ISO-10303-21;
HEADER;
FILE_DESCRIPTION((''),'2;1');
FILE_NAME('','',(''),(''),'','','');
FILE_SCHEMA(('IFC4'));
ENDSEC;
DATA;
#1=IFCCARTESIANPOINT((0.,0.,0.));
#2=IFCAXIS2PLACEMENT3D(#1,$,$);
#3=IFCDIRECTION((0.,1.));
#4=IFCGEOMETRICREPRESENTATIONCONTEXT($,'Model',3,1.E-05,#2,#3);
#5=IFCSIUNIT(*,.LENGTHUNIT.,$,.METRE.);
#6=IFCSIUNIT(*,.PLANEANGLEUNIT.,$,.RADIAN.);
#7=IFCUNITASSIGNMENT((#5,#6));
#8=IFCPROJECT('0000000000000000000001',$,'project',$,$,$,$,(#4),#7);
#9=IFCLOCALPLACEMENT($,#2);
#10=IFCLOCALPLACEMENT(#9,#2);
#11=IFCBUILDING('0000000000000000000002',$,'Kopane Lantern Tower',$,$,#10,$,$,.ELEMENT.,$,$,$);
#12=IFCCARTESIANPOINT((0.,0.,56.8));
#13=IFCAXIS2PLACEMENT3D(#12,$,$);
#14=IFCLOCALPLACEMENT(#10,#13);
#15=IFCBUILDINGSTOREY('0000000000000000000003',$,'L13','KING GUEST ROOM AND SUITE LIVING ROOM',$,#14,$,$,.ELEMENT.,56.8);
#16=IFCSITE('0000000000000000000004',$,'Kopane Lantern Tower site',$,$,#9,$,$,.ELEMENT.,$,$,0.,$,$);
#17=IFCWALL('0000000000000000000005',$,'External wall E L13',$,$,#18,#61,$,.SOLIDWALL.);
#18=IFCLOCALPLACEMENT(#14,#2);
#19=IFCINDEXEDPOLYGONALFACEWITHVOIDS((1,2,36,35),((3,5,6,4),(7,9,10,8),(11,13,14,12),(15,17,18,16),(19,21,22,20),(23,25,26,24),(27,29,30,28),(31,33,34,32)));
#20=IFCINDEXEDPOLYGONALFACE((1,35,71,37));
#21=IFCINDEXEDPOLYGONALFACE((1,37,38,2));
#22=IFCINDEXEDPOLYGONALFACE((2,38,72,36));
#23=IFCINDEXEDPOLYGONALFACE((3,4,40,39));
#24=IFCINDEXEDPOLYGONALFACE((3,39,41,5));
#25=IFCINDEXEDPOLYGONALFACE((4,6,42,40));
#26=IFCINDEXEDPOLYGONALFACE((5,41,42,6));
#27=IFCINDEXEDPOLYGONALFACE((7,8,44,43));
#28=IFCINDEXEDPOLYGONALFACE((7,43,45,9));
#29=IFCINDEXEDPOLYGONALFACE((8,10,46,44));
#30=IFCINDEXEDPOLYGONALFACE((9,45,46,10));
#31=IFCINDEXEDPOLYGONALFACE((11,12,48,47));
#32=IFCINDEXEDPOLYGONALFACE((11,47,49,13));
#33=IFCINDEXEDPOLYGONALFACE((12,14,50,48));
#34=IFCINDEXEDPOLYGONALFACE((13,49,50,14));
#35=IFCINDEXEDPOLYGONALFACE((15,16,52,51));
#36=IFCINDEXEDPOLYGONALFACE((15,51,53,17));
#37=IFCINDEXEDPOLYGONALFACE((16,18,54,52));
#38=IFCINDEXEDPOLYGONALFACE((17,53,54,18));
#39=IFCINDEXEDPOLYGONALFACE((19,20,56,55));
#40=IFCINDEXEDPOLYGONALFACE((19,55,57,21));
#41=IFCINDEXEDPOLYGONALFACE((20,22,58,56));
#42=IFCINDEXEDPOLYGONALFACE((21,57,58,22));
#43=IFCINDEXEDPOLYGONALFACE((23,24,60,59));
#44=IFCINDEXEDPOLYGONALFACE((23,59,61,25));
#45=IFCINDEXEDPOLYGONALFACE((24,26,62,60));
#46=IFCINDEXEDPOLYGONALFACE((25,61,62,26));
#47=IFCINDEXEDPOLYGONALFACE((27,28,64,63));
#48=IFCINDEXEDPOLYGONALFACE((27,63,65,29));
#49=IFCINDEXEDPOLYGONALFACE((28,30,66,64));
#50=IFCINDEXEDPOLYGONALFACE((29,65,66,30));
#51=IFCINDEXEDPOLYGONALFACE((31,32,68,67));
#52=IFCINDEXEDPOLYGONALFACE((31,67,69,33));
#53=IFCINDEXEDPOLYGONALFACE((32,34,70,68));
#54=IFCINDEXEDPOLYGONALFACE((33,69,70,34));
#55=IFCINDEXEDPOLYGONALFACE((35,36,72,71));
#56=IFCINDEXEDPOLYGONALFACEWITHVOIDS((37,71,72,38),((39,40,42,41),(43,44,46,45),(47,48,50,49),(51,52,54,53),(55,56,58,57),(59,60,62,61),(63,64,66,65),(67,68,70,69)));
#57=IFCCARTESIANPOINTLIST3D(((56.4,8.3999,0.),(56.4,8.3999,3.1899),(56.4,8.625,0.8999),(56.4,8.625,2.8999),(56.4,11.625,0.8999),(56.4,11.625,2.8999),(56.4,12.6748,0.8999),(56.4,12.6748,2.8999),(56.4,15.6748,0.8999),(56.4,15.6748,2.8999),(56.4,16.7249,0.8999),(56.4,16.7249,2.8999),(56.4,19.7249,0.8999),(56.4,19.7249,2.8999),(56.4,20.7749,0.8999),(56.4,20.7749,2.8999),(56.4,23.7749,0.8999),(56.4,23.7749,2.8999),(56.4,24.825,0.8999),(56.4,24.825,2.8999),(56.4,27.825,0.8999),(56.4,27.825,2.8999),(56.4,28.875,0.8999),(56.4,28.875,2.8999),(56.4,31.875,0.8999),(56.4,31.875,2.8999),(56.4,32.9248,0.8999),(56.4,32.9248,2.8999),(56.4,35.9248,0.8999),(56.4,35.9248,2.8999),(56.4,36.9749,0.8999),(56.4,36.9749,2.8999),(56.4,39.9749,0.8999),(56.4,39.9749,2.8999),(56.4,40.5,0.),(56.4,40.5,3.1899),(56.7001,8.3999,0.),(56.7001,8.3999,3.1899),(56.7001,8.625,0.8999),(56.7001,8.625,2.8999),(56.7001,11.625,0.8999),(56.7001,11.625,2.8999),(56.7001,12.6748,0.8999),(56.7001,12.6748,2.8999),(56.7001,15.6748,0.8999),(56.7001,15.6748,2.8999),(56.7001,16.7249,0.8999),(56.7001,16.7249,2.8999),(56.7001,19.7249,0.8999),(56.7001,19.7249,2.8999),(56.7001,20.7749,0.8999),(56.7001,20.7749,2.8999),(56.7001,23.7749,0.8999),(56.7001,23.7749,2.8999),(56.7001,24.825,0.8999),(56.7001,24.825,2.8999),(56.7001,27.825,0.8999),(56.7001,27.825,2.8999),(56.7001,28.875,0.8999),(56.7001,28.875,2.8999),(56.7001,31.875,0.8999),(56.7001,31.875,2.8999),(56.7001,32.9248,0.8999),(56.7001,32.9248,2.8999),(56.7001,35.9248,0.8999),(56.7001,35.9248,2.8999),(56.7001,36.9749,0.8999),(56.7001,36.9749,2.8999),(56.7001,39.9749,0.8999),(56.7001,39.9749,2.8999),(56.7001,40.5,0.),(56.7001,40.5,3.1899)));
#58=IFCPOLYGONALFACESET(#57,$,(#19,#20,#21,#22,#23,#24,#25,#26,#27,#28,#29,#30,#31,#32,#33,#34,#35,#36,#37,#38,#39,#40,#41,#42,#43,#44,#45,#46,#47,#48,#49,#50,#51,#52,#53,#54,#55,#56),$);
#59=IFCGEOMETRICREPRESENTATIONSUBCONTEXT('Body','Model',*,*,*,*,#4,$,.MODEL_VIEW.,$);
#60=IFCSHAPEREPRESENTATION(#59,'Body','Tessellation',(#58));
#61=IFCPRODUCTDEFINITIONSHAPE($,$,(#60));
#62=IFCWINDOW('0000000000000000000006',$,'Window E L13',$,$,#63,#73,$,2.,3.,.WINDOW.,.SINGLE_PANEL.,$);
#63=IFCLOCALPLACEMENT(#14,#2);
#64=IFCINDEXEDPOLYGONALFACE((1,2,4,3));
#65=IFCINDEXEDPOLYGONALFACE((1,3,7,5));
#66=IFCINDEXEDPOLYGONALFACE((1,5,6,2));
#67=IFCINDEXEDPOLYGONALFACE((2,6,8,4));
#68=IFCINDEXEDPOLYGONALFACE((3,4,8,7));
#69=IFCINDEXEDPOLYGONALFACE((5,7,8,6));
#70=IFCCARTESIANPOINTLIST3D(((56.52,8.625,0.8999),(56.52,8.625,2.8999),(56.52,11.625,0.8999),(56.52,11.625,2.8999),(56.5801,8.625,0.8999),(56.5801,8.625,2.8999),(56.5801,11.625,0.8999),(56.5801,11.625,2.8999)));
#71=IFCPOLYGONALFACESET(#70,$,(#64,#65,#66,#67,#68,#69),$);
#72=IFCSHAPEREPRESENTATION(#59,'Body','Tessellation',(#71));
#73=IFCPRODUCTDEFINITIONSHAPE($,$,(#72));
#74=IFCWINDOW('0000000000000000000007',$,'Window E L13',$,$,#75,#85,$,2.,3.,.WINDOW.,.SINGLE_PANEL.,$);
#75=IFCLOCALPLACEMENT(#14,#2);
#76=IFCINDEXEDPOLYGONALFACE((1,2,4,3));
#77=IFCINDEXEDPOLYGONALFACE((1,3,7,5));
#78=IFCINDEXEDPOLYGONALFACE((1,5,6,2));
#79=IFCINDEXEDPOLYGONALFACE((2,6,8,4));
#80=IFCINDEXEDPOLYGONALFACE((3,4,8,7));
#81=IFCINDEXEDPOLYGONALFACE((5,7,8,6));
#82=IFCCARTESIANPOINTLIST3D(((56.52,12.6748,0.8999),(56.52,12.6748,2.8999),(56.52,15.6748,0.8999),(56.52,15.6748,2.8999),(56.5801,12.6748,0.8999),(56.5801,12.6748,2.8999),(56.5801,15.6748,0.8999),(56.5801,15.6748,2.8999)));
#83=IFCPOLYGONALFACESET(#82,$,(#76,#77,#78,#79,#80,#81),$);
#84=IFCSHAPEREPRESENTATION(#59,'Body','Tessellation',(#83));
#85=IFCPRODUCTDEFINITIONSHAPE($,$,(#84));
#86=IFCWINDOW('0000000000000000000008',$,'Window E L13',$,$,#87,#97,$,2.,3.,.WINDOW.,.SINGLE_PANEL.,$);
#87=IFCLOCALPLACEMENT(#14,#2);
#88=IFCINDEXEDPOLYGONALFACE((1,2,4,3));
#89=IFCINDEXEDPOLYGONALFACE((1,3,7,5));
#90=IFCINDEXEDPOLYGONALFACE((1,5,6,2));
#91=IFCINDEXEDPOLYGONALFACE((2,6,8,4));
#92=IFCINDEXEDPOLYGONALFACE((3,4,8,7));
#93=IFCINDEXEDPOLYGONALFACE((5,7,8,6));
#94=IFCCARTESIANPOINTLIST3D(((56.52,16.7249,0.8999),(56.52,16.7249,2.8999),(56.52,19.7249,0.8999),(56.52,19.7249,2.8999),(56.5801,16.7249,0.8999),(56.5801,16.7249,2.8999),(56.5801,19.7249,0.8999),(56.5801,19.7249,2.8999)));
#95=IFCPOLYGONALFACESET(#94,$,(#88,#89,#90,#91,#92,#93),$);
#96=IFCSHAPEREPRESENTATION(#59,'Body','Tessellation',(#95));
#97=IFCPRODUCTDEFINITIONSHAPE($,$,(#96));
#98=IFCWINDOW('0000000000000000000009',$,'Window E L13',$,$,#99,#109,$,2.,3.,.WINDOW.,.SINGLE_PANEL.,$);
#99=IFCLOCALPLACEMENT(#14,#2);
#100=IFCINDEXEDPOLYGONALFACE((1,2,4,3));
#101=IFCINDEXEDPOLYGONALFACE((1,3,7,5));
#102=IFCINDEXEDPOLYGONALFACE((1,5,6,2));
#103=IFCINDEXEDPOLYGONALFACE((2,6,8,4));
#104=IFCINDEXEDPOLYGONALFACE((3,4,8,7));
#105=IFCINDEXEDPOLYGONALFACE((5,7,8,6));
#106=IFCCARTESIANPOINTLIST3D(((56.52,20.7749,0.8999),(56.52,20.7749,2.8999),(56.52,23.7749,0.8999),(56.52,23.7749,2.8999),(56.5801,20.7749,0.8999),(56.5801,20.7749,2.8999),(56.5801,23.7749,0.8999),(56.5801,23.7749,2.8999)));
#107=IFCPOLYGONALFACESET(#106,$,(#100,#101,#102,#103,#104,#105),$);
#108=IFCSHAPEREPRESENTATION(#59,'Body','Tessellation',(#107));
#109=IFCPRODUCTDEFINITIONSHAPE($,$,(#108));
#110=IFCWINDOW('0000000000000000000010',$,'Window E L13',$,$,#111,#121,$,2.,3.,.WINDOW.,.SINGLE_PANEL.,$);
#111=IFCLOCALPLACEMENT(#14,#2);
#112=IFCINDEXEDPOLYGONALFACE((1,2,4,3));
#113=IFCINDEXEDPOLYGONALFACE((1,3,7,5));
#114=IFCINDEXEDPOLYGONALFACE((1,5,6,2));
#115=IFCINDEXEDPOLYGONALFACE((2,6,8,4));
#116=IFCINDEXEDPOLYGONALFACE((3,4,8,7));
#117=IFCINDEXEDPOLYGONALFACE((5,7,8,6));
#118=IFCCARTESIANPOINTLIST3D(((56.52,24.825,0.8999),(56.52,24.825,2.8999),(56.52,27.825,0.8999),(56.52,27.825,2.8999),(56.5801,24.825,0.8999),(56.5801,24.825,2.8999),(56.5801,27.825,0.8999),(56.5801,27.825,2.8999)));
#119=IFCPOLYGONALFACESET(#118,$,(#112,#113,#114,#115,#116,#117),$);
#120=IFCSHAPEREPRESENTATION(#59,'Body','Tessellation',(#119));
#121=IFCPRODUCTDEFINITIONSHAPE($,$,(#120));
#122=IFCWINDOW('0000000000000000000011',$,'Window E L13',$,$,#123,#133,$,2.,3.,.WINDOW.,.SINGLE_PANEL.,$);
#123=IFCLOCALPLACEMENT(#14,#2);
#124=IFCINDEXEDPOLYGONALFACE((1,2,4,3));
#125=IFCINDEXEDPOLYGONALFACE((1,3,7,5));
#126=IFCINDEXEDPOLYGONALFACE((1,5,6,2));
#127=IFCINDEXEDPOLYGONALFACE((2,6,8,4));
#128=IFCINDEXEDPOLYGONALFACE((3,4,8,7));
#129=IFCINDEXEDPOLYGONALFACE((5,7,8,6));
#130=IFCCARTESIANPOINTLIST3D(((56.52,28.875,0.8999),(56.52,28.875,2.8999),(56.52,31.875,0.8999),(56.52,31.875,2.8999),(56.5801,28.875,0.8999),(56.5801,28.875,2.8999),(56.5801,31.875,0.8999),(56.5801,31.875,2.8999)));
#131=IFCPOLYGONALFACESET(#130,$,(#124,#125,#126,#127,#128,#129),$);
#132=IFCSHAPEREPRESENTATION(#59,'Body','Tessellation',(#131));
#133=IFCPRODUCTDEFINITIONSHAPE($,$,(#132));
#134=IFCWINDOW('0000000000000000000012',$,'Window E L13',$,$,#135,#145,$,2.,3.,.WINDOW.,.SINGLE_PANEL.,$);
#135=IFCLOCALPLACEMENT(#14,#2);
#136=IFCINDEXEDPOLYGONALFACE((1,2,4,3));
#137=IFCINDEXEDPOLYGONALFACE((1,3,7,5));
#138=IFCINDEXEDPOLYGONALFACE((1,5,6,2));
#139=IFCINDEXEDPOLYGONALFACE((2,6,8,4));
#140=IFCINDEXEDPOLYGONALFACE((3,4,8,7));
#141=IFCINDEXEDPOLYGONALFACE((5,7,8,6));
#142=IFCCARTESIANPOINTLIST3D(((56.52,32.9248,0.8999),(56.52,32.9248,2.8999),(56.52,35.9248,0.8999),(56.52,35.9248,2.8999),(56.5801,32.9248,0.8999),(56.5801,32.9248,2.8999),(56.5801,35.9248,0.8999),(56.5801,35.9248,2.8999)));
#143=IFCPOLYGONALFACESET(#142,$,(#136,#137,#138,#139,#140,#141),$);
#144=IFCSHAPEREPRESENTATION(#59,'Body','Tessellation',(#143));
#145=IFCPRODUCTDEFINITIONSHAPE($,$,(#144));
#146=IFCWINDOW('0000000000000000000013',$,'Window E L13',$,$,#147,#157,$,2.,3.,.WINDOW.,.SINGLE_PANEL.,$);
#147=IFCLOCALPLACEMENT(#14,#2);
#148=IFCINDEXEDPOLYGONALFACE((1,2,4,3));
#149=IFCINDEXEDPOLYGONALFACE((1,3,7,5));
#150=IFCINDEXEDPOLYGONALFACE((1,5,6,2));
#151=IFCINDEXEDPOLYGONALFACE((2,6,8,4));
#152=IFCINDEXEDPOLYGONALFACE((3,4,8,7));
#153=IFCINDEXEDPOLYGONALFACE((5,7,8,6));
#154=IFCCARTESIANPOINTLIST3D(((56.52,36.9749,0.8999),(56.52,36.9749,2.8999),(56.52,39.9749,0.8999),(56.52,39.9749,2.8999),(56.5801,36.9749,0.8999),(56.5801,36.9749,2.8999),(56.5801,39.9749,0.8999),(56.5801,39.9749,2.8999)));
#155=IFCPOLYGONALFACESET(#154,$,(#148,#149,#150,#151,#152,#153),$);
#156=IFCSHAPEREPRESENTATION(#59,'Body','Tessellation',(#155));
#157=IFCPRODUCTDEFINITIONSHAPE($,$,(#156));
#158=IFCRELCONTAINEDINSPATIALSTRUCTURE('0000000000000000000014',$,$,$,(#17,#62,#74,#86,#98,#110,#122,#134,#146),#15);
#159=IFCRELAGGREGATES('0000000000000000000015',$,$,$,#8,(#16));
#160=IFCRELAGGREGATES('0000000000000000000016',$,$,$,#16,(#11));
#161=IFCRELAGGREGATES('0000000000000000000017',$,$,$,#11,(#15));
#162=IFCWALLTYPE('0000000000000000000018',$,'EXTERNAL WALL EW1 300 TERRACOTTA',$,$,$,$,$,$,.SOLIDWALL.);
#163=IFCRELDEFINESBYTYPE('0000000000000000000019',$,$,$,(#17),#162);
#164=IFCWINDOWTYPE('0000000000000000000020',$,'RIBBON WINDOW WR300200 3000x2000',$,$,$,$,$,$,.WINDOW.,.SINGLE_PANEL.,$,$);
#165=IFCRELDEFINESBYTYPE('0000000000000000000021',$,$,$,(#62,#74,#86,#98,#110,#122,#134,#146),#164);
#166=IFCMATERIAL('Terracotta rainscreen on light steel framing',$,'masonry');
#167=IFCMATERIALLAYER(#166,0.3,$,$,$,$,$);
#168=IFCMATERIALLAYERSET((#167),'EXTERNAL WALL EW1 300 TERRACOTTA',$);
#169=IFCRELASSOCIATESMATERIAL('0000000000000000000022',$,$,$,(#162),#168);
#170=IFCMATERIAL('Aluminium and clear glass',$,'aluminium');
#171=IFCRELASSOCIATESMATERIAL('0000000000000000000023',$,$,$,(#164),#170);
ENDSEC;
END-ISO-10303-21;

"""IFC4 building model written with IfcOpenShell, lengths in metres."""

from ifc_helpers import new_model, si_unit, direction, frame, frame_2d, origin, place, context, subcontext, project, spatial, rectangle, extrude, material, layer, layer_set, type_object, element, fill, save


model = new_model("IFC4")

# Units and contexts
model_context = context("Model", 3, precision=1e-05, world=origin(), true_north=direction((0.0, 1.0)))
body_context = subcontext(model_context, "Body", "Model", "MODEL_VIEW")
ifc_project = project(units=[si_unit("LENGTHUNIT", "METRE"), si_unit("PLANEANGLEUNIT", "RADIAN")], contexts=[model_context])

# Site, building, storey
site_placement = place(None, origin())
site = spatial("IfcSite", under=ifc_project, at=site_placement, Name="Kopane Lantern Tower site", CompositionType="ELEMENT", RefElevation=0.0)
building_placement = place(site_placement, origin())
building = spatial("IfcBuilding", under=site, at=building_placement, Name="Kopane Lantern Tower", CompositionType="ELEMENT")
storey_placement = place(building_placement, frame((0.0, 0.0, 56.8)))
storey = spatial("IfcBuildingStorey", under=building, at=storey_placement, Name="L13", Description="KING GUEST ROOM AND SUITE LIVING ROOM", CompositionType="ELEMENT", Elevation=56.8)

# Shared definitions
ifc_material_1 = material(Name="Terracotta rainscreen on light steel framing", Category="masonry")
ifc_layer = layer(ifc_material_1, 0.3)
ifc_layer_set = layer_set([ifc_layer], Name="EXTERNAL WALL EW1 300 TERRACOTTA")
wall_type = type_object("IfcWallType", Name="EXTERNAL WALL EW1 300 TERRACOTTA", PredefinedType="SOLIDWALL", material=ifc_layer_set)

# Wall, openings, windows
wall_1_placement = place(storey_placement, frame((56.55, 8.3999, 0.0), z_axis=(0.0, 0.0, 1.0), x_axis=(0.0, 1.0, 0.0)))
wall_1 = element("IfcWall", 1, at=wall_1_placement, inside=storey, type_object=wall_type, Name="External wall E L13", PredefinedType="SOLIDWALL", context=body_context, shape_type="SweptSolid", body=[
    extrude(rectangle(XDim=32.1001, YDim=0.3, at=frame_2d((16.05, 0.0))), origin(), (0.0, 0.0, 1.0), 3.1899),
])
opening_1_placement = place(wall_1_placement, frame((0.2251, 0.0, 0.8999)))
opening_1 = element("IfcOpeningElement", 2, at=opening_1_placement, cuts=wall_1, PredefinedType="OPENING", context=body_context, shape_type="SweptSolid", body=[
    extrude(rectangle(XDim=3.0, YDim=2.0, at=frame_2d((1.5, 1.0))), frame((0.0, 0.1599, 0.0), z_axis=(0.0, -1.0, 0.0), x_axis=(1.0, 0.0, 0.0)), (0.0, 0.0, 1.0), 0.3201),
])
opening_2_placement = place(wall_1_placement, frame((4.2749, 0.0, 0.8999)))
opening_2 = element("IfcOpeningElement", 3, at=opening_2_placement, cuts=wall_1, PredefinedType="OPENING", context=body_context, shape_type="SweptSolid", body=[
    extrude(rectangle(XDim=3.0, YDim=2.0, at=frame_2d((1.5, 1.0))), frame((0.0, 0.1599, 0.0), z_axis=(0.0, -1.0, 0.0), x_axis=(1.0, 0.0, 0.0)), (0.0, 0.0, 1.0), 0.3201),
])
opening_3_placement = place(wall_1_placement, frame((8.325, 0.0, 0.8999)))
opening_3 = element("IfcOpeningElement", 4, at=opening_3_placement, cuts=wall_1, PredefinedType="OPENING", context=body_context, shape_type="SweptSolid", body=[
    extrude(rectangle(XDim=3.0, YDim=2.0, at=frame_2d((1.5, 1.0))), frame((0.0, 0.1599, 0.0), z_axis=(0.0, -1.0, 0.0), x_axis=(1.0, 0.0, 0.0)), (0.0, 0.0, 1.0), 0.3201),
])
opening_4_placement = place(wall_1_placement, frame((12.375, 0.0, 0.8999)))
opening_4 = element("IfcOpeningElement", 5, at=opening_4_placement, cuts=wall_1, PredefinedType="OPENING", context=body_context, shape_type="SweptSolid", body=[
    extrude(rectangle(XDim=3.0, YDim=2.0, at=frame_2d((1.5, 1.0))), frame((0.0, 0.1599, 0.0), z_axis=(0.0, -1.0, 0.0), x_axis=(1.0, 0.0, 0.0)), (0.0, 0.0, 1.0), 0.3201),
])
opening_5_placement = place(wall_1_placement, frame((16.425, 0.0, 0.8999)))
opening_5 = element("IfcOpeningElement", 6, at=opening_5_placement, cuts=wall_1, PredefinedType="OPENING", context=body_context, shape_type="SweptSolid", body=[
    extrude(rectangle(XDim=3.0, YDim=2.0, at=frame_2d((1.5, 1.0))), frame((0.0, 0.1599, 0.0), z_axis=(0.0, -1.0, 0.0), x_axis=(1.0, 0.0, 0.0)), (0.0, 0.0, 1.0), 0.3201),
])
opening_6_placement = place(wall_1_placement, frame((20.4751, 0.0, 0.8999)))
opening_6 = element("IfcOpeningElement", 7, at=opening_6_placement, cuts=wall_1, PredefinedType="OPENING", context=body_context, shape_type="SweptSolid", body=[
    extrude(rectangle(XDim=3.0, YDim=2.0, at=frame_2d((1.5, 1.0))), frame((0.0, 0.1599, 0.0), z_axis=(0.0, -1.0, 0.0), x_axis=(1.0, 0.0, 0.0)), (0.0, 0.0, 1.0), 0.3201),
])
opening_7_placement = place(wall_1_placement, frame((24.5249, 0.0, 0.8999)))
opening_7 = element("IfcOpeningElement", 8, at=opening_7_placement, cuts=wall_1, PredefinedType="OPENING", context=body_context, shape_type="SweptSolid", body=[
    extrude(rectangle(XDim=3.0, YDim=2.0, at=frame_2d((1.5, 1.0))), frame((0.0, 0.1599, 0.0), z_axis=(0.0, -1.0, 0.0), x_axis=(1.0, 0.0, 0.0)), (0.0, 0.0, 1.0), 0.3201),
])
opening_8_placement = place(wall_1_placement, frame((28.575, 0.0, 0.8999)))
opening_8 = element("IfcOpeningElement", 9, at=opening_8_placement, cuts=wall_1, PredefinedType="OPENING", context=body_context, shape_type="SweptSolid", body=[
    extrude(rectangle(XDim=3.0, YDim=2.0, at=frame_2d((1.5, 1.0))), frame((0.0, 0.1599, 0.0), z_axis=(0.0, -1.0, 0.0), x_axis=(1.0, 0.0, 0.0)), (0.0, 0.0, 1.0), 0.3201),
])
ifc_material_2 = material(Name="Aluminium and clear glass", Category="aluminium")
window_type_1 = type_object("IfcWindowType", Name="RIBBON WINDOW WR300200 3000x2000", PartitioningType="SINGLE_PANEL", PredefinedType="WINDOW", material=ifc_material_2)
window_1_placement = place(opening_1_placement, origin())
window_1 = element("IfcWindow", 10, at=window_1_placement, inside=storey, type_object=window_type_1, Name="Window E L13", OverallHeight=2.0, OverallWidth=3.0, PartitioningType="SINGLE_PANEL", PredefinedType="WINDOW", context=body_context, shape_type="SweptSolid", body=[
    extrude(rectangle(XDim=3.0, YDim=2.0, at=frame_2d((1.5, 1.0))), frame((0.0, 0.03, 0.0), z_axis=(0.0, -1.0, 0.0), x_axis=(1.0, 0.0, 0.0)), (0.0, 0.0, 1.0), 0.0601),
])
fill(opening_1, window_1)
window_2_placement = place(opening_2_placement, origin())
window_2 = element("IfcWindow", 11, at=window_2_placement, inside=storey, type_object=window_type_1, Name="Window E L13", OverallHeight=2.0, OverallWidth=3.0, PartitioningType="SINGLE_PANEL", PredefinedType="WINDOW", context=body_context, shape_type="SweptSolid", body=[
    extrude(rectangle(XDim=3.0, YDim=2.0, at=frame_2d((1.5, 1.0))), frame((0.0, 0.03, 0.0), z_axis=(0.0, -1.0, 0.0), x_axis=(1.0, 0.0, 0.0)), (0.0, 0.0, 1.0), 0.0601),
])
fill(opening_2, window_2)
window_3_placement = place(opening_3_placement, origin())
window_3 = element("IfcWindow", 12, at=window_3_placement, inside=storey, type_object=window_type_1, Name="Window E L13", OverallHeight=2.0, OverallWidth=3.0, PartitioningType="SINGLE_PANEL", PredefinedType="WINDOW", context=body_context, shape_type="SweptSolid", body=[
    extrude(rectangle(XDim=3.0, YDim=2.0, at=frame_2d((1.5, 1.0))), frame((0.0, 0.03, 0.0), z_axis=(0.0, -1.0, 0.0), x_axis=(1.0, 0.0, 0.0)), (0.0, 0.0, 1.0), 0.0601),
])
fill(opening_3, window_3)
window_4_placement = place(opening_4_placement, origin())
window_4 = element("IfcWindow", 13, at=window_4_placement, inside=storey, type_object=window_type_1, Name="Window E L13", OverallHeight=2.0, OverallWidth=3.0, PartitioningType="SINGLE_PANEL", PredefinedType="WINDOW", context=body_context, shape_type="SweptSolid", body=[
    extrude(rectangle(XDim=3.0, YDim=2.0, at=frame_2d((1.5, 1.0))), frame((0.0, 0.03, 0.0), z_axis=(0.0, -1.0, 0.0), x_axis=(1.0, 0.0, 0.0)), (0.0, 0.0, 1.0), 0.0601),
])
fill(opening_4, window_4)
window_5_placement = place(opening_5_placement, origin())
window_5 = element("IfcWindow", 14, at=window_5_placement, inside=storey, type_object=window_type_1, Name="Window E L13", OverallHeight=2.0, OverallWidth=3.0, PartitioningType="SINGLE_PANEL", PredefinedType="WINDOW", context=body_context, shape_type="SweptSolid", body=[
    extrude(rectangle(XDim=3.0, YDim=2.0, at=frame_2d((1.5, 1.0))), frame((0.0, 0.03, 0.0), z_axis=(0.0, -1.0, 0.0), x_axis=(1.0, 0.0, 0.0)), (0.0, 0.0, 1.0), 0.0601),
])
fill(opening_5, window_5)
window_6_placement = place(opening_6_placement, origin())
window_6 = element("IfcWindow", 15, at=window_6_placement, inside=storey, type_object=window_type_1, Name="Window E L13", OverallHeight=2.0, OverallWidth=3.0, PartitioningType="SINGLE_PANEL", PredefinedType="WINDOW", context=body_context, shape_type="SweptSolid", body=[
    extrude(rectangle(XDim=3.0, YDim=2.0, at=frame_2d((1.5, 1.0))), frame((0.0, 0.03, 0.0), z_axis=(0.0, -1.0, 0.0), x_axis=(1.0, 0.0, 0.0)), (0.0, 0.0, 1.0), 0.0601),
])
fill(opening_6, window_6)
window_7_placement = place(opening_7_placement, origin())
window_7 = element("IfcWindow", 16, at=window_7_placement, inside=storey, type_object=window_type_1, Name="Window E L13", OverallHeight=2.0, OverallWidth=3.0, PartitioningType="SINGLE_PANEL", PredefinedType="WINDOW", context=body_context, shape_type="SweptSolid", body=[
    extrude(rectangle(XDim=3.0, YDim=2.0, at=frame_2d((1.5, 1.0))), frame((0.0, 0.03, 0.0), z_axis=(0.0, -1.0, 0.0), x_axis=(1.0, 0.0, 0.0)), (0.0, 0.0, 1.0), 0.0601),
])
fill(opening_7, window_7)
window_8_placement = place(opening_8_placement, origin())
window_8 = element("IfcWindow", 17, at=window_8_placement, inside=storey, type_object=window_type_1, Name="Window E L13", OverallHeight=2.0, OverallWidth=3.0, PartitioningType="SINGLE_PANEL", PredefinedType="WINDOW", context=body_context, shape_type="SweptSolid", body=[
    extrude(rectangle(XDim=3.0, YDim=2.0, at=frame_2d((1.5, 1.0))), frame((0.0, 0.03, 0.0), z_axis=(0.0, -1.0, 0.0), x_axis=(1.0, 0.0, 0.0)), (0.0, 0.0, 1.0), 0.0601),
])
fill(opening_8, window_8)

save(model, "model.ifc")
